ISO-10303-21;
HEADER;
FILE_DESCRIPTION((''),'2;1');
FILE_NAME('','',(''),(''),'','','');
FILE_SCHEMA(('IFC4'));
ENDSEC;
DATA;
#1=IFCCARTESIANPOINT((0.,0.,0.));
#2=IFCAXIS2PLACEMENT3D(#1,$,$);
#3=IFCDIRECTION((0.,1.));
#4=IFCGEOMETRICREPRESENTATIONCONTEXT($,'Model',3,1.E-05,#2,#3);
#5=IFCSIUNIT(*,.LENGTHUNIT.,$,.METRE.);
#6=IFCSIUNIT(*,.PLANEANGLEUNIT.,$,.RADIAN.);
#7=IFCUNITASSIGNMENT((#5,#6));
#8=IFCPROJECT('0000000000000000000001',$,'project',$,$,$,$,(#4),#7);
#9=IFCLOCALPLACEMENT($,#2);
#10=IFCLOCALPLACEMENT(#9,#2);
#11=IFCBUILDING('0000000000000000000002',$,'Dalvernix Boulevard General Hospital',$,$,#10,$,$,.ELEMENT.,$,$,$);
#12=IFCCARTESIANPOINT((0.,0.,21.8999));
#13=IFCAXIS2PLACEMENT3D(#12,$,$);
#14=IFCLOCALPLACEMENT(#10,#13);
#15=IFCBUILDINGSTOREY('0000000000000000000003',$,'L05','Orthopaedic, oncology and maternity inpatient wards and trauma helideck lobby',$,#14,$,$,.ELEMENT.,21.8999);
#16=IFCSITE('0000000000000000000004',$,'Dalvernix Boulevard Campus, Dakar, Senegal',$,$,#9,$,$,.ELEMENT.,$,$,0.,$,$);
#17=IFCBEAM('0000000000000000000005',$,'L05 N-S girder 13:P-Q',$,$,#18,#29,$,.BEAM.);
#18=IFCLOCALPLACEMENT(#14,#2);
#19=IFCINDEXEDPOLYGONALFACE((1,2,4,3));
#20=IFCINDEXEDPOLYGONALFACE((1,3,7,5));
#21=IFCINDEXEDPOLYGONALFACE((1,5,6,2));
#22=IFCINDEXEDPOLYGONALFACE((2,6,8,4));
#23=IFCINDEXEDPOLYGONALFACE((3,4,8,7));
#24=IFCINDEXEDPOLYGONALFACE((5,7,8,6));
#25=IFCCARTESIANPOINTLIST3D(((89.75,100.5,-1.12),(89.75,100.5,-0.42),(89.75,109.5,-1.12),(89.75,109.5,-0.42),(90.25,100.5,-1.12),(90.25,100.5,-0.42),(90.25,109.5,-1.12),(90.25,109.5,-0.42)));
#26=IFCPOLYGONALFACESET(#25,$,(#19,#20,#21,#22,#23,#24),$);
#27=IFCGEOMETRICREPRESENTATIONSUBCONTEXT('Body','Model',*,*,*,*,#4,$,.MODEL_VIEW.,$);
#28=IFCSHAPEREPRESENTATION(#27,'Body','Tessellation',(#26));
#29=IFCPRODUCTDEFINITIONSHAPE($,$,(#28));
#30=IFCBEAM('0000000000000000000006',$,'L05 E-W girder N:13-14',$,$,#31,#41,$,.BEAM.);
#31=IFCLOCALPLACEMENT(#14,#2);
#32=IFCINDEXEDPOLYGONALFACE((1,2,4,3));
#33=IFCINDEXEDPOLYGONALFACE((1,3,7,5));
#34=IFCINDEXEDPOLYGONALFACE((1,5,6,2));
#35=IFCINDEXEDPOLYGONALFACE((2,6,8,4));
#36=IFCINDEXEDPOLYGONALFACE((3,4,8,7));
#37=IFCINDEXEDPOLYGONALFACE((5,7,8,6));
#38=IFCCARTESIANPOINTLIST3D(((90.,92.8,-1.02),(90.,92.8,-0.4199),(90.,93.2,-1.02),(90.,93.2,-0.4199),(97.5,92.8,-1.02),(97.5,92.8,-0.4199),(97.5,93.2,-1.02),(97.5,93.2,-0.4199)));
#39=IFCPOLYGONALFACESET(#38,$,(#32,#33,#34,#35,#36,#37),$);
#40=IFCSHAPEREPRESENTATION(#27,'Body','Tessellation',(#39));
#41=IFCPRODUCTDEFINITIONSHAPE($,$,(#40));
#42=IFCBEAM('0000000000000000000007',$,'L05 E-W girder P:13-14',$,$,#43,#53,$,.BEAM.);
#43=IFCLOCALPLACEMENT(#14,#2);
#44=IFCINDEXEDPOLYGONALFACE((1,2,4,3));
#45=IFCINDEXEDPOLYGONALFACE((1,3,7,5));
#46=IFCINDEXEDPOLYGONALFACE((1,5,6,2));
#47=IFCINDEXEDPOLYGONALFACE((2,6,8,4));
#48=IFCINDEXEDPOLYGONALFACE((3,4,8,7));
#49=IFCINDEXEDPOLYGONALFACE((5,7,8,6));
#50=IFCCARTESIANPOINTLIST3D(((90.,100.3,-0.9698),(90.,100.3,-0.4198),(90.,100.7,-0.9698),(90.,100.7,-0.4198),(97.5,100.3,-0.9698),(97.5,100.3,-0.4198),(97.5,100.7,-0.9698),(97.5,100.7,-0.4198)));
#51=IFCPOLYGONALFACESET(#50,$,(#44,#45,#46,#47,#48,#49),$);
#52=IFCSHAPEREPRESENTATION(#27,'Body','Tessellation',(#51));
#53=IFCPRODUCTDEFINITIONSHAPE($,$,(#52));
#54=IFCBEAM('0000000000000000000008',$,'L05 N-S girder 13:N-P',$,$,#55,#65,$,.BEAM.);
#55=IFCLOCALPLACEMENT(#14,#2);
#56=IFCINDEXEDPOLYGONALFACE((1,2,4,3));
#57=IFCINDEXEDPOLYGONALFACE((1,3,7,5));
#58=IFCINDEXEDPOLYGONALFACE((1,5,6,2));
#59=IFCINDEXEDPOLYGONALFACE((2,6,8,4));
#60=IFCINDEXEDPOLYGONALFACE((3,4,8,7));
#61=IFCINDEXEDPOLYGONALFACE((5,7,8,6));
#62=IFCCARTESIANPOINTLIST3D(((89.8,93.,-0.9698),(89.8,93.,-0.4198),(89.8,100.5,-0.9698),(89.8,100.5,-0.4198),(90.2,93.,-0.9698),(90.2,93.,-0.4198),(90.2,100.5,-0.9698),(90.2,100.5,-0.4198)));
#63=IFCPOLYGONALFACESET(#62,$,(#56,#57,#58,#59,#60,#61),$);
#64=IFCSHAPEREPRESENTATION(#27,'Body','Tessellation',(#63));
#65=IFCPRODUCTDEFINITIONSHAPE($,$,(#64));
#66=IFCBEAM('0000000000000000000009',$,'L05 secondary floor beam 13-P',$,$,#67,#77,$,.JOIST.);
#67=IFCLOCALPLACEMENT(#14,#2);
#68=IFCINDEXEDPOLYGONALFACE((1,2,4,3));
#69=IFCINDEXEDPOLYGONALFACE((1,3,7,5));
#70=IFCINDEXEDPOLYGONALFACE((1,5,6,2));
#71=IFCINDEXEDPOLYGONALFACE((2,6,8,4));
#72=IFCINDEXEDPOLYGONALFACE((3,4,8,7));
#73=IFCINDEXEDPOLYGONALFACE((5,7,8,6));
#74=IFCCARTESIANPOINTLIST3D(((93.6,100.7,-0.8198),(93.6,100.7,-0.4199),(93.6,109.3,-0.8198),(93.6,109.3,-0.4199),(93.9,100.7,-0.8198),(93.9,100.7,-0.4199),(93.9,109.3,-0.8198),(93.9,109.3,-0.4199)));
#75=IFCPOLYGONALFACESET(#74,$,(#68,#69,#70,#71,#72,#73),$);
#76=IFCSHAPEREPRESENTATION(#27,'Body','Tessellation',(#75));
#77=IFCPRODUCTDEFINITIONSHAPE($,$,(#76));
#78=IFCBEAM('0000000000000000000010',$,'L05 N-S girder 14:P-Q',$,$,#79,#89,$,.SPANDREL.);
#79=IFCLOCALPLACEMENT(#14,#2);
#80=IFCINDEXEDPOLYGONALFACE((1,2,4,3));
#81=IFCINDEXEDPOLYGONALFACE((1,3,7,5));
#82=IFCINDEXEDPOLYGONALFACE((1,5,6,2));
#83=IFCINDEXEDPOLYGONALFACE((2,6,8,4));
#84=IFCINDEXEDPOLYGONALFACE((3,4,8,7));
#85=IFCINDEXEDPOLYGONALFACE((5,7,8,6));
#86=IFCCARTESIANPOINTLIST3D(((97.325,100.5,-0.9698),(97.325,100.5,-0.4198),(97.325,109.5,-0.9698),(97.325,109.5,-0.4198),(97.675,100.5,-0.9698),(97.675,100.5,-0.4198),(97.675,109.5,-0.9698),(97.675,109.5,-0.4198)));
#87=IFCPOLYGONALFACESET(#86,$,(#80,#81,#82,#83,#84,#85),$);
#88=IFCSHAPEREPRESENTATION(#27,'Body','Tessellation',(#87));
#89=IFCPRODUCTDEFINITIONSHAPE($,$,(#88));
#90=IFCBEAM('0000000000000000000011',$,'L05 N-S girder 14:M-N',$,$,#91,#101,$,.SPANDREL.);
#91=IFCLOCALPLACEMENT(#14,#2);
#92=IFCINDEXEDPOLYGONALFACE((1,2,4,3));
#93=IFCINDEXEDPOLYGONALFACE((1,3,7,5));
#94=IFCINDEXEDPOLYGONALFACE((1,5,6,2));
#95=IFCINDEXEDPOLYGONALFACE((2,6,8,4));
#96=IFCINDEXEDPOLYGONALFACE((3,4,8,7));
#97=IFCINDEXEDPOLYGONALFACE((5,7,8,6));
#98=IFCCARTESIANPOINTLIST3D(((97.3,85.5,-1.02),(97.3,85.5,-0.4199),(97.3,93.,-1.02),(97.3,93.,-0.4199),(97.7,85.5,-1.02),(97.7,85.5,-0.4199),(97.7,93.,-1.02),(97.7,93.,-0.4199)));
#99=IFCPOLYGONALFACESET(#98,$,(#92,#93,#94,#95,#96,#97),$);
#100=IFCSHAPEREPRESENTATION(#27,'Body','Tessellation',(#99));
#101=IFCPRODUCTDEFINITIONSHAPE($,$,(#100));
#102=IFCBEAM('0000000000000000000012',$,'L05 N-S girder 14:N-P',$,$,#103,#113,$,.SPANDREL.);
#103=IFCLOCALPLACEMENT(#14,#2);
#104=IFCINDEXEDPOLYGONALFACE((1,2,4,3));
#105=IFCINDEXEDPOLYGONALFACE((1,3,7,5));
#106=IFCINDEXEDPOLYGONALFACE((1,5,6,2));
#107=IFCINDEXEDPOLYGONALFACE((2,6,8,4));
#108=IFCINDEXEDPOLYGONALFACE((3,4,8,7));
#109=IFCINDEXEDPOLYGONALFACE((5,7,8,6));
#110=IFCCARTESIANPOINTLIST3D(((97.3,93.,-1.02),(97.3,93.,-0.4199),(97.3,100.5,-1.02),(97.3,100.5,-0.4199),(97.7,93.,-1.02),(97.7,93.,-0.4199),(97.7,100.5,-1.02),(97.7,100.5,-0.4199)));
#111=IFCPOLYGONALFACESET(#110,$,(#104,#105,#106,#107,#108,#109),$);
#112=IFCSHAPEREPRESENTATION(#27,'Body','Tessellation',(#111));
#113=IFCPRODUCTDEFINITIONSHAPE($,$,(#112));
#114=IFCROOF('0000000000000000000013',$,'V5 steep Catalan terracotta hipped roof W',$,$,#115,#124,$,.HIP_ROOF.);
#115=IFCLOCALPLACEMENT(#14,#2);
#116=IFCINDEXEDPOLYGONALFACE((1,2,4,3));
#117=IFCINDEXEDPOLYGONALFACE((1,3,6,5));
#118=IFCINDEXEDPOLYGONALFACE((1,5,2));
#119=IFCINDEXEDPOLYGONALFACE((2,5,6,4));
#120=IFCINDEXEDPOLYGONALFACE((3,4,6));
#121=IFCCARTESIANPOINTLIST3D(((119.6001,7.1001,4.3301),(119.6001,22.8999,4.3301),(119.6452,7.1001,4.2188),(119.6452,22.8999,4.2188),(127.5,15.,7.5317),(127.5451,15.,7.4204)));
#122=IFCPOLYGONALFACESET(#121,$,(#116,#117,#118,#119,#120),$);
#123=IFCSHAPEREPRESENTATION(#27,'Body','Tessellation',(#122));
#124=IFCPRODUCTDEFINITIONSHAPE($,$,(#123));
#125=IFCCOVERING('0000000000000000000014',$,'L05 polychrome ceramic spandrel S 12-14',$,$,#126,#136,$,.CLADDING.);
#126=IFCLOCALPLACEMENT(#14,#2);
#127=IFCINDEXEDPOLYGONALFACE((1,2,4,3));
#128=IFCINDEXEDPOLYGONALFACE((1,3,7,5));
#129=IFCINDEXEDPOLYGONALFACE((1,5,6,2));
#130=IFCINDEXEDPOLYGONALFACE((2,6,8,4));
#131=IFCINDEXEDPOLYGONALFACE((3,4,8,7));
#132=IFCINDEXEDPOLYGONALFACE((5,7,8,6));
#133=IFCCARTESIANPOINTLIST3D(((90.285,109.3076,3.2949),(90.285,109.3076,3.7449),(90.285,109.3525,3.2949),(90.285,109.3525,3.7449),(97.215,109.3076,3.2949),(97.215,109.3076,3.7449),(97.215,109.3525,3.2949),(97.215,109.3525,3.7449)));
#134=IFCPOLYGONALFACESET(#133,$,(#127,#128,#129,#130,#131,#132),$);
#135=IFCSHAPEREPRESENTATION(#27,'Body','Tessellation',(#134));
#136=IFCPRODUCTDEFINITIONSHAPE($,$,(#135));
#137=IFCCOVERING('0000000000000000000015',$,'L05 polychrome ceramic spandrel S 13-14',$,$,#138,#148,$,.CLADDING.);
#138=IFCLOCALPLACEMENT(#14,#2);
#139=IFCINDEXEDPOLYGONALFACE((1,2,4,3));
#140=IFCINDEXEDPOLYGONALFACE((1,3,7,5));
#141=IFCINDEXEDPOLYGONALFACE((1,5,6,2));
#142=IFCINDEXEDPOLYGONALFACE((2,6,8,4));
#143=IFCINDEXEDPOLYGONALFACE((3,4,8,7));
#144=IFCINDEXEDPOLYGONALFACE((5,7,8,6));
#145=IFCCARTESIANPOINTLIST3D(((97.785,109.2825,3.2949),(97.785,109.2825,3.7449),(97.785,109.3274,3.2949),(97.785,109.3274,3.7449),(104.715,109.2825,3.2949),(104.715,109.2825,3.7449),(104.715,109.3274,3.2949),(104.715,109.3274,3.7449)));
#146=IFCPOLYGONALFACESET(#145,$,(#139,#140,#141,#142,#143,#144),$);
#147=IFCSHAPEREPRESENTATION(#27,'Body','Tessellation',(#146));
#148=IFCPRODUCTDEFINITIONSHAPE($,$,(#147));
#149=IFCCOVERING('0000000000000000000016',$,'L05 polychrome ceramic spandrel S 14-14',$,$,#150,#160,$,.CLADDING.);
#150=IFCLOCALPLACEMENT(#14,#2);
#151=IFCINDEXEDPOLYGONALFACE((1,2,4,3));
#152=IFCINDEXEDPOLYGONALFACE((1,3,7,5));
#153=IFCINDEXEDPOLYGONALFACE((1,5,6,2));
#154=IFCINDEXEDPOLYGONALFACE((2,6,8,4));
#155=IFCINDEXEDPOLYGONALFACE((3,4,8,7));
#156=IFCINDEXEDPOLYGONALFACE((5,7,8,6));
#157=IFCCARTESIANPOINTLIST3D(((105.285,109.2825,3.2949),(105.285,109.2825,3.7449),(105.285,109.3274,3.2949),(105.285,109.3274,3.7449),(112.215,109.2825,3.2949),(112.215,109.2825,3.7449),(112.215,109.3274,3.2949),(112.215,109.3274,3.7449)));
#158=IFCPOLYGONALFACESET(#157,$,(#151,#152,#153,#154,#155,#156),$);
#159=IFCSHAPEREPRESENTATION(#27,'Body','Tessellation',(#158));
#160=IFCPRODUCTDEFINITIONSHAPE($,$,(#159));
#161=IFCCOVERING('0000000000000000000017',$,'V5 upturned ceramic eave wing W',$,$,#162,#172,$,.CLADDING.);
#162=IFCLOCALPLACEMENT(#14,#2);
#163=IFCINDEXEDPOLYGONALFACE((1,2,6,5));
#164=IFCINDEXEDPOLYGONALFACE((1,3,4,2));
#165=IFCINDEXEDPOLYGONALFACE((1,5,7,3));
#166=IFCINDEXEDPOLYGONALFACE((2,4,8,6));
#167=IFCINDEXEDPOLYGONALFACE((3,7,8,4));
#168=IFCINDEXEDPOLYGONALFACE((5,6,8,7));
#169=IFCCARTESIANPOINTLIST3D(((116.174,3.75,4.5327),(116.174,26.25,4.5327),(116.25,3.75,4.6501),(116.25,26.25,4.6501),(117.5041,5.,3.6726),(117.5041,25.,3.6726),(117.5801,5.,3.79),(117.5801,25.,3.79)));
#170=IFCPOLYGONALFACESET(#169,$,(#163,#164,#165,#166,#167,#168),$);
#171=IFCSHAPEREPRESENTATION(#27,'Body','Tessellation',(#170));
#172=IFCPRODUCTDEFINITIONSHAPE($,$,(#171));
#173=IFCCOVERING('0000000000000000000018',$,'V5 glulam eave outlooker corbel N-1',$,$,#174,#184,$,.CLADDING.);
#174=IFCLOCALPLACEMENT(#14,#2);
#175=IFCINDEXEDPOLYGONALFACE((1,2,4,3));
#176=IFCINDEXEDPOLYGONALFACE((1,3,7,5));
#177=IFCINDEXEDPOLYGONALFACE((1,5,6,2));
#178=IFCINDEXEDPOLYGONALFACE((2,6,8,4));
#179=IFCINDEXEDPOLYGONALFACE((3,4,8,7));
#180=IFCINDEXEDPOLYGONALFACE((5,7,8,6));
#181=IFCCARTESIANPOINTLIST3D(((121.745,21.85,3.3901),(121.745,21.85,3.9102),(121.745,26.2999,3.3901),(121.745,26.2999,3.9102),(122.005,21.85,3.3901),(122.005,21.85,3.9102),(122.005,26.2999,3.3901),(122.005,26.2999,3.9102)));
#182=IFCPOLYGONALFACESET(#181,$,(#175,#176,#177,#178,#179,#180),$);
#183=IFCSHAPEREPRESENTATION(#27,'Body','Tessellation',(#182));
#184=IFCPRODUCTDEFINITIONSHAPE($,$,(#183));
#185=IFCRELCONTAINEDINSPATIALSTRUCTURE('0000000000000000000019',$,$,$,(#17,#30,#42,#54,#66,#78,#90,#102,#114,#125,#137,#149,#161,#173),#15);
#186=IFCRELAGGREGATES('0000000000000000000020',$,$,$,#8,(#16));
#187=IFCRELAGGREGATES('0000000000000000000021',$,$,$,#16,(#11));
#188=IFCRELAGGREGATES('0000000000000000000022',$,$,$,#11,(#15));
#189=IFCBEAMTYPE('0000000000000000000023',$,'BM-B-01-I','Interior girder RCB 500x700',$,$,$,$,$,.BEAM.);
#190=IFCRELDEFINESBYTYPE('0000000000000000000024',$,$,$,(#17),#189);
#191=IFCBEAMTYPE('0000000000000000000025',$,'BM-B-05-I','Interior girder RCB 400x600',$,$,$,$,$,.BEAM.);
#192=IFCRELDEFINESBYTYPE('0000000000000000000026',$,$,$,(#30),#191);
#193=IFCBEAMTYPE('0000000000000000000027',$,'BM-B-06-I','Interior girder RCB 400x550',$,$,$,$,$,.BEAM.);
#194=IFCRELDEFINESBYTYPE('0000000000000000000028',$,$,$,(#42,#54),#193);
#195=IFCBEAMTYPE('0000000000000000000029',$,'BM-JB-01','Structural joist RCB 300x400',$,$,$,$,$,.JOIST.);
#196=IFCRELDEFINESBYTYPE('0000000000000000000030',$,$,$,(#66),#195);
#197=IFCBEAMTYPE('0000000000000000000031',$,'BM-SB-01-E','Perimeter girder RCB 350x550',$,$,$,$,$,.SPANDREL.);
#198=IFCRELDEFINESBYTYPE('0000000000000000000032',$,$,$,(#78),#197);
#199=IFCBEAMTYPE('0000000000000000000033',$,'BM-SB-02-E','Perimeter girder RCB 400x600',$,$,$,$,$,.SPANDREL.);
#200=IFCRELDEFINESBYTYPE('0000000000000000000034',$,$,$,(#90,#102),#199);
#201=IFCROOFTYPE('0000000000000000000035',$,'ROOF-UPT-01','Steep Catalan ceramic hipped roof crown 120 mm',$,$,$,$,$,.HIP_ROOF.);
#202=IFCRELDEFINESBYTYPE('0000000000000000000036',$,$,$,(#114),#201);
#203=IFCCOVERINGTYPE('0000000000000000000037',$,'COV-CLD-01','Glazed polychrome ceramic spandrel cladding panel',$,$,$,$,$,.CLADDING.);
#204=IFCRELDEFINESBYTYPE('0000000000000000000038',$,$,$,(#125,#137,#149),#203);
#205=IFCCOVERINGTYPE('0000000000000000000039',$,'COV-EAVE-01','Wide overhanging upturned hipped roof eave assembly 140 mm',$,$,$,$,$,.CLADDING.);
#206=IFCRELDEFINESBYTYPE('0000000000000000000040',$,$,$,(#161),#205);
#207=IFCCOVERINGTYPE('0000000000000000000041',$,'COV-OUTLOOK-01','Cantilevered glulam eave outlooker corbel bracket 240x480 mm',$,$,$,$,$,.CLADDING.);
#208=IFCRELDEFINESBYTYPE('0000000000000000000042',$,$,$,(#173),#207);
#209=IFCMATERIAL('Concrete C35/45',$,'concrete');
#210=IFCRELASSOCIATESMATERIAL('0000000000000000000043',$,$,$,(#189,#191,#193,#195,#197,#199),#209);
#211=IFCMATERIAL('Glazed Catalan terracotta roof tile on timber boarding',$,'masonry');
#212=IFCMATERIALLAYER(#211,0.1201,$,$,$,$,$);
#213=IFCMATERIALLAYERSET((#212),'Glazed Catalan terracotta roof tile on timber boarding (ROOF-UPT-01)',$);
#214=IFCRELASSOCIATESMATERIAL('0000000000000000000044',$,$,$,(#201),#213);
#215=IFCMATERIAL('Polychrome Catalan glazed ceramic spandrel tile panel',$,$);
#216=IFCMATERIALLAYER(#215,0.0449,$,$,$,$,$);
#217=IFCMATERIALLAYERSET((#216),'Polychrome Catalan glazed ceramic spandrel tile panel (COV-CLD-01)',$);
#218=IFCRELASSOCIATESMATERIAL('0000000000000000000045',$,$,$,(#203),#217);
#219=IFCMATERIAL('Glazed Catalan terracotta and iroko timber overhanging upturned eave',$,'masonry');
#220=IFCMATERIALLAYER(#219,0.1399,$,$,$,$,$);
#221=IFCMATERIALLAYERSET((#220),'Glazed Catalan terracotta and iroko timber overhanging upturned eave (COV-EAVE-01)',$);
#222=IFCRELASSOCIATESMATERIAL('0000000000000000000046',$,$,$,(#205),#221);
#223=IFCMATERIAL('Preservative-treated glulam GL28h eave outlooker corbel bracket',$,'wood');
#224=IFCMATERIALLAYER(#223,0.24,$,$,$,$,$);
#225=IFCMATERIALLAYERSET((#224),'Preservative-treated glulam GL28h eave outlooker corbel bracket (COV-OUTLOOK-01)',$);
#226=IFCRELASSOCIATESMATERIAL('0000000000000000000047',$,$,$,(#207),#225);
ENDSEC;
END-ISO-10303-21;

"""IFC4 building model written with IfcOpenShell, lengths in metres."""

from ifc_helpers import new_model, si_unit, direction, frame, origin, origin_2d, place, context, subcontext, project, spatial, polyline, rectangle, outline, extrude, material, layer, layer_set, material_profile, profile_set, type_object, element, save


model = new_model("IFC4")

# Units and contexts
model_context = context("Model", 3, precision=1e-05, world=origin(), true_north=direction((0.0, 1.0)))
body_context = subcontext(model_context, "Body", "Model", "MODEL_VIEW")
ifc_project = project(units=[si_unit("LENGTHUNIT", "METRE"), si_unit("PLANEANGLEUNIT", "RADIAN")], contexts=[model_context])

# Site, building, storey
site_placement = place(None, origin())
site = spatial("IfcSite", under=ifc_project, at=site_placement, Name="Dalvernix Boulevard Campus, Dakar, Senegal", CompositionType="ELEMENT", RefElevation=0.0)
building_placement = place(site_placement, origin())
building = spatial("IfcBuilding", under=site, at=building_placement, Name="Dalvernix Boulevard General Hospital", CompositionType="ELEMENT")
storey_placement = place(building_placement, frame((0.0, 0.0, 21.8999)))
storey = spatial("IfcBuildingStorey", under=building, at=storey_placement, Name="L05", Description="Orthopaedic, oncology and maternity inpatient wards and trauma helideck lobby", CompositionType="ELEMENT", Elevation=21.8999)

# Beams
ifc_material_1 = material(Name="Concrete C35/45", Category="concrete")
ifc_material_profile_1 = material_profile(ifc_material_1, rectangle(XDim=0.5, YDim=0.7, at=origin_2d()), Name="RCB 500x700")
ifc_profile_set_1 = profile_set([ifc_material_profile_1], Name="Concrete C35/45")
beam_type_1 = type_object("IfcBeamType", Name="BM-B-01-I", Description="Interior girder RCB 500x700", PredefinedType="BEAM", material=ifc_profile_set_1)
beam_1_placement = place(storey_placement, frame((90.0, 100.5, -0.77), z_axis=(0.0, 1.0, 0.0), x_axis=(-1.0, 0.0, 0.0)))
element("IfcBeam", 1, at=beam_1_placement, inside=storey, type_object=beam_type_1, Name="L05 N-S girder 13:P-Q", PredefinedType="BEAM", context=body_context, shape_type="SweptSolid", body=[
    extrude(rectangle(XDim=0.5, YDim=0.7, at=origin_2d()), origin(), (0.0, 0.0, 1.0), 9.0),
])
ifc_material_profile_2 = material_profile(ifc_material_1, rectangle(XDim=0.3999, YDim=0.6001, at=origin_2d()), Name="RCB 400x600")
ifc_profile_set_2 = profile_set([ifc_material_profile_2], Name="Concrete C35/45")
beam_type_2 = type_object("IfcBeamType", Name="BM-B-05-I", Description="Interior girder RCB 400x600", PredefinedType="BEAM", material=ifc_profile_set_2)
beam_2_placement = place(storey_placement, frame((90.0, 93.0, -0.72), z_axis=(1.0, 0.0, 0.0), x_axis=(0.0, 1.0, 0.0)))
element("IfcBeam", 2, at=beam_2_placement, inside=storey, type_object=beam_type_2, Name="L05 E-W girder N:13-14", PredefinedType="BEAM", context=body_context, shape_type="SweptSolid", body=[
    extrude(rectangle(XDim=0.3999, YDim=0.6001, at=origin_2d()), origin(), (0.0, 0.0, 1.0), 7.5),
])
ifc_material_profile_3 = material_profile(ifc_material_1, rectangle(XDim=0.3999, YDim=0.55, at=origin_2d()), Name="RCB 400x550")
ifc_profile_set_3 = profile_set([ifc_material_profile_3], Name="Concrete C35/45")
beam_type_3 = type_object("IfcBeamType", Name="BM-B-06-I", Description="Interior girder RCB 400x550", PredefinedType="BEAM", material=ifc_profile_set_3)
for number, where, z_axis, x_axis, name in (
    (3, (90.0, 100.5, -0.6948), (1.0, 0.0, 0.0), (0.0, 1.0, 0.0), "L05 E-W girder P:13-14"),
    (4, (90.0, 93.0, -0.6948), (0.0, 1.0, 0.0), (-1.0, 0.0, 0.0), "L05 N-S girder 13:N-P"),
):
    element("IfcBeam", number, at=place(storey_placement, frame(where, z_axis=z_axis, x_axis=x_axis)), inside=storey, type_object=beam_type_3, Name=name, PredefinedType="BEAM", context=body_context, shape_type="SweptSolid", body=[
        extrude(rectangle(XDim=0.3999, YDim=0.55, at=origin_2d()), origin(), (0.0, 0.0, 1.0), 7.5),
    ])
ifc_material_profile_4 = material_profile(ifc_material_1, rectangle(XDim=0.3, YDim=0.3999, at=origin_2d()), Name="RCB 300x400")
ifc_profile_set_4 = profile_set([ifc_material_profile_4], Name="Concrete C35/45")
beam_type_4 = type_object("IfcBeamType", Name="BM-JB-01", Description="Structural joist RCB 300x400", PredefinedType="JOIST", material=ifc_profile_set_4)
beam_3_placement = place(storey_placement, frame((93.75, 100.7, -0.6199), z_axis=(0.0, 1.0, 0.0), x_axis=(-1.0, 0.0, 0.0)))
element("IfcBeam", 5, at=beam_3_placement, inside=storey, type_object=beam_type_4, Name="L05 secondary floor beam 13-P", PredefinedType="JOIST", context=body_context, shape_type="SweptSolid", body=[
    extrude(rectangle(XDim=0.3, YDim=0.3999, at=origin_2d()), origin(), (0.0, 0.0, 1.0), 8.6001),
])
ifc_material_profile_5 = material_profile(ifc_material_1, rectangle(XDim=0.3501, YDim=0.55, at=origin_2d()), Name="RCB 350x550")
ifc_profile_set_5 = profile_set([ifc_material_profile_5], Name="Concrete C35/45")
beam_type_5 = type_object("IfcBeamType", Name="BM-SB-01-E", Description="Perimeter girder RCB 350x550", PredefinedType="SPANDREL", material=ifc_profile_set_5)
beam_4_placement = place(storey_placement, frame((97.5, 100.5, -0.6948), z_axis=(0.0, 1.0, 0.0), x_axis=(-1.0, 0.0, 0.0)))
element("IfcBeam", 6, at=beam_4_placement, inside=storey, type_object=beam_type_5, Name="L05 N-S girder 14:P-Q", PredefinedType="SPANDREL", context=body_context, shape_type="SweptSolid", body=[
    extrude(rectangle(XDim=0.3501, YDim=0.55, at=origin_2d()), origin(), (0.0, 0.0, 1.0), 9.0),
])
ifc_material_profile_6 = material_profile(ifc_material_1, rectangle(XDim=0.3999, YDim=0.6001, at=origin_2d()), Name="RCB 400x600")
ifc_profile_set_6 = profile_set([ifc_material_profile_6], Name="Concrete C35/45")
beam_type_6 = type_object("IfcBeamType", Name="BM-SB-02-E", Description="Perimeter girder RCB 400x600", PredefinedType="SPANDREL", material=ifc_profile_set_6)
for number, where, z_axis, x_axis, name in (
    (7, (97.5, 85.5, -0.72), (0.0, 1.0, 0.0), (-1.0, 0.0, 0.0), "L05 N-S girder 14:M-N"),
    (8, (97.5, 93.0, -0.72), (0.0, 1.0, 0.0), (-1.0, 0.0, 0.0), "L05 N-S girder 14:N-P"),
):
    element("IfcBeam", number, at=place(storey_placement, frame(where, z_axis=z_axis, x_axis=x_axis)), inside=storey, type_object=beam_type_6, Name=name, PredefinedType="SPANDREL", context=body_context, shape_type="SweptSolid", body=[
        extrude(rectangle(XDim=0.3999, YDim=0.6001, at=origin_2d()), origin(), (0.0, 0.0, 1.0), 7.5),
    ])

# Roof
ifc_material_2 = material(Name="Glazed Catalan terracotta roof tile on timber boarding", Category="masonry")
ifc_layer_1 = layer(ifc_material_2, 0.1201)
ifc_layer_set_1 = layer_set([ifc_layer_1], Name="Glazed Catalan terracotta roof tile on timber boarding (ROOF-UPT-01)")
roof_type = type_object("IfcRoofType", Name="ROOF-UPT-01", Description="Steep Catalan ceramic hipped roof crown 120 mm", PredefinedType="HIP_ROOF", material=ifc_layer_set_1)
roof_placement = place(storey_placement, frame((119.6001, 22.8999, 4.3301), z_axis=(-0.375604, 0.0, 0.92678), x_axis=(0.0, -1.0, 0.0)))
element("IfcRoof", 9, at=roof_placement, inside=storey, type_object=roof_type, Name="V5 steep Catalan terracotta hipped roof W", PredefinedType="HIP_ROOF", context=body_context, shape_type="SweptSolid", body=[
    extrude(outline(polyline([(0.0, 0.0), (15.7998, 0.0), (7.8999, 8.524), (0.0, 0.0)])), origin(), (0.0, 0.0, -1.0), 0.1201),
])

# Coverings
ifc_material_3 = material(Name="Polychrome Catalan glazed ceramic spandrel tile panel")
ifc_layer_2 = layer(ifc_material_3, 0.0449)
ifc_layer_set_2 = layer_set([ifc_layer_2], Name="Polychrome Catalan glazed ceramic spandrel tile panel (COV-CLD-01)")
covering_type_1 = type_object("IfcCoveringType", Name="COV-CLD-01", Description="Glazed polychrome ceramic spandrel cladding panel", PredefinedType="CLADDING", material=ifc_layer_set_2)
for number, where, z_axis, x_axis, name in (
    (10, (93.75, 109.3301, 3.2949), (0.0, 0.0, 1.0), (-1.0, 0.0, 0.0), "L05 polychrome ceramic spandrel S 12-14"),
    (11, (101.25, 109.3049, 3.2949), (0.0, 0.0, 1.0), (-1.0, 0.0, 0.0), "L05 polychrome ceramic spandrel S 13-14"),
    (12, (108.75, 109.3049, 3.2949), (0.0, 0.0, 1.0), (-1.0, 0.0, 0.0), "L05 polychrome ceramic spandrel S 14-14"),
):
    element("IfcCovering", number, at=place(storey_placement, frame(where, z_axis=z_axis, x_axis=x_axis)), inside=storey, type_object=covering_type_1, Name=name, PredefinedType="CLADDING", context=body_context, shape_type="SweptSolid", body=[
        extrude(rectangle(XDim=6.9299, YDim=0.0449, at=origin_2d()), origin(), (0.0, 0.0, 1.0), 0.45),
    ])
ifc_material_4 = material(Name="Glazed Catalan terracotta and iroko timber overhanging upturned eave", Category="masonry")
ifc_layer_3 = layer(ifc_material_4, 0.1399)
ifc_layer_set_3 = layer_set([ifc_layer_3], Name="Glazed Catalan terracotta and iroko timber overhanging upturned eave (COV-EAVE-01)")
covering_type_2 = type_object("IfcCoveringType", Name="COV-EAVE-01", Description="Wide overhanging upturned hipped roof eave assembly 140 mm", PredefinedType="CLADDING", material=ifc_layer_set_3)
covering_placement = place(storey_placement, frame((117.5801, 25.0, 3.79), z_axis=(0.543015, 0.0, 0.839723), x_axis=(0.0, -1.0, 0.0)))
element("IfcCovering", 13, at=covering_placement, inside=storey, type_object=covering_type_2, Name="V5 upturned ceramic eave wing W", PredefinedType="CLADDING", context=body_context, shape_type="SweptSolid", body=[
    extrude(outline(polyline([(0.0, 0.0), (20.0, 0.0), (21.25, -1.5839), (-1.25, -1.5839), (0.0, 0.0)])), origin(), (0.0, 0.0, -1.0), 0.1399),
])
ifc_material_5 = material(Name="Preservative-treated glulam GL28h eave outlooker corbel bracket", Category="wood")
ifc_layer_4 = layer(ifc_material_5, 0.24)
ifc_layer_set_4 = layer_set([ifc_layer_4], Name="Preservative-treated glulam GL28h eave outlooker corbel bracket (COV-OUTLOOK-01)")
covering_type_3 = type_object("IfcCoveringType", Name="COV-OUTLOOK-01", Description="Cantilevered glulam eave outlooker corbel bracket 240x480 mm", PredefinedType="CLADDING", material=ifc_layer_set_4)
for number, where, z_axis, x_axis, name in (
    (14, (121.875, 24.075, 3.3901), (0.0, 0.0, 1.0), (1.0, 0.0, 0.0), "V5 glulam eave outlooker corbel N-1"),
):
    element("IfcCovering", number, at=place(storey_placement, frame(where, z_axis=z_axis, x_axis=x_axis)), inside=storey, type_object=covering_type_3, Name=name, PredefinedType="CLADDING", context=body_context, shape_type="SweptSolid", body=[
        extrude(rectangle(XDim=0.26, YDim=4.45, at=origin_2d()), origin(), (0.0, 0.0, 1.0), 0.52),
    ])

save(model, "model.ifc")
